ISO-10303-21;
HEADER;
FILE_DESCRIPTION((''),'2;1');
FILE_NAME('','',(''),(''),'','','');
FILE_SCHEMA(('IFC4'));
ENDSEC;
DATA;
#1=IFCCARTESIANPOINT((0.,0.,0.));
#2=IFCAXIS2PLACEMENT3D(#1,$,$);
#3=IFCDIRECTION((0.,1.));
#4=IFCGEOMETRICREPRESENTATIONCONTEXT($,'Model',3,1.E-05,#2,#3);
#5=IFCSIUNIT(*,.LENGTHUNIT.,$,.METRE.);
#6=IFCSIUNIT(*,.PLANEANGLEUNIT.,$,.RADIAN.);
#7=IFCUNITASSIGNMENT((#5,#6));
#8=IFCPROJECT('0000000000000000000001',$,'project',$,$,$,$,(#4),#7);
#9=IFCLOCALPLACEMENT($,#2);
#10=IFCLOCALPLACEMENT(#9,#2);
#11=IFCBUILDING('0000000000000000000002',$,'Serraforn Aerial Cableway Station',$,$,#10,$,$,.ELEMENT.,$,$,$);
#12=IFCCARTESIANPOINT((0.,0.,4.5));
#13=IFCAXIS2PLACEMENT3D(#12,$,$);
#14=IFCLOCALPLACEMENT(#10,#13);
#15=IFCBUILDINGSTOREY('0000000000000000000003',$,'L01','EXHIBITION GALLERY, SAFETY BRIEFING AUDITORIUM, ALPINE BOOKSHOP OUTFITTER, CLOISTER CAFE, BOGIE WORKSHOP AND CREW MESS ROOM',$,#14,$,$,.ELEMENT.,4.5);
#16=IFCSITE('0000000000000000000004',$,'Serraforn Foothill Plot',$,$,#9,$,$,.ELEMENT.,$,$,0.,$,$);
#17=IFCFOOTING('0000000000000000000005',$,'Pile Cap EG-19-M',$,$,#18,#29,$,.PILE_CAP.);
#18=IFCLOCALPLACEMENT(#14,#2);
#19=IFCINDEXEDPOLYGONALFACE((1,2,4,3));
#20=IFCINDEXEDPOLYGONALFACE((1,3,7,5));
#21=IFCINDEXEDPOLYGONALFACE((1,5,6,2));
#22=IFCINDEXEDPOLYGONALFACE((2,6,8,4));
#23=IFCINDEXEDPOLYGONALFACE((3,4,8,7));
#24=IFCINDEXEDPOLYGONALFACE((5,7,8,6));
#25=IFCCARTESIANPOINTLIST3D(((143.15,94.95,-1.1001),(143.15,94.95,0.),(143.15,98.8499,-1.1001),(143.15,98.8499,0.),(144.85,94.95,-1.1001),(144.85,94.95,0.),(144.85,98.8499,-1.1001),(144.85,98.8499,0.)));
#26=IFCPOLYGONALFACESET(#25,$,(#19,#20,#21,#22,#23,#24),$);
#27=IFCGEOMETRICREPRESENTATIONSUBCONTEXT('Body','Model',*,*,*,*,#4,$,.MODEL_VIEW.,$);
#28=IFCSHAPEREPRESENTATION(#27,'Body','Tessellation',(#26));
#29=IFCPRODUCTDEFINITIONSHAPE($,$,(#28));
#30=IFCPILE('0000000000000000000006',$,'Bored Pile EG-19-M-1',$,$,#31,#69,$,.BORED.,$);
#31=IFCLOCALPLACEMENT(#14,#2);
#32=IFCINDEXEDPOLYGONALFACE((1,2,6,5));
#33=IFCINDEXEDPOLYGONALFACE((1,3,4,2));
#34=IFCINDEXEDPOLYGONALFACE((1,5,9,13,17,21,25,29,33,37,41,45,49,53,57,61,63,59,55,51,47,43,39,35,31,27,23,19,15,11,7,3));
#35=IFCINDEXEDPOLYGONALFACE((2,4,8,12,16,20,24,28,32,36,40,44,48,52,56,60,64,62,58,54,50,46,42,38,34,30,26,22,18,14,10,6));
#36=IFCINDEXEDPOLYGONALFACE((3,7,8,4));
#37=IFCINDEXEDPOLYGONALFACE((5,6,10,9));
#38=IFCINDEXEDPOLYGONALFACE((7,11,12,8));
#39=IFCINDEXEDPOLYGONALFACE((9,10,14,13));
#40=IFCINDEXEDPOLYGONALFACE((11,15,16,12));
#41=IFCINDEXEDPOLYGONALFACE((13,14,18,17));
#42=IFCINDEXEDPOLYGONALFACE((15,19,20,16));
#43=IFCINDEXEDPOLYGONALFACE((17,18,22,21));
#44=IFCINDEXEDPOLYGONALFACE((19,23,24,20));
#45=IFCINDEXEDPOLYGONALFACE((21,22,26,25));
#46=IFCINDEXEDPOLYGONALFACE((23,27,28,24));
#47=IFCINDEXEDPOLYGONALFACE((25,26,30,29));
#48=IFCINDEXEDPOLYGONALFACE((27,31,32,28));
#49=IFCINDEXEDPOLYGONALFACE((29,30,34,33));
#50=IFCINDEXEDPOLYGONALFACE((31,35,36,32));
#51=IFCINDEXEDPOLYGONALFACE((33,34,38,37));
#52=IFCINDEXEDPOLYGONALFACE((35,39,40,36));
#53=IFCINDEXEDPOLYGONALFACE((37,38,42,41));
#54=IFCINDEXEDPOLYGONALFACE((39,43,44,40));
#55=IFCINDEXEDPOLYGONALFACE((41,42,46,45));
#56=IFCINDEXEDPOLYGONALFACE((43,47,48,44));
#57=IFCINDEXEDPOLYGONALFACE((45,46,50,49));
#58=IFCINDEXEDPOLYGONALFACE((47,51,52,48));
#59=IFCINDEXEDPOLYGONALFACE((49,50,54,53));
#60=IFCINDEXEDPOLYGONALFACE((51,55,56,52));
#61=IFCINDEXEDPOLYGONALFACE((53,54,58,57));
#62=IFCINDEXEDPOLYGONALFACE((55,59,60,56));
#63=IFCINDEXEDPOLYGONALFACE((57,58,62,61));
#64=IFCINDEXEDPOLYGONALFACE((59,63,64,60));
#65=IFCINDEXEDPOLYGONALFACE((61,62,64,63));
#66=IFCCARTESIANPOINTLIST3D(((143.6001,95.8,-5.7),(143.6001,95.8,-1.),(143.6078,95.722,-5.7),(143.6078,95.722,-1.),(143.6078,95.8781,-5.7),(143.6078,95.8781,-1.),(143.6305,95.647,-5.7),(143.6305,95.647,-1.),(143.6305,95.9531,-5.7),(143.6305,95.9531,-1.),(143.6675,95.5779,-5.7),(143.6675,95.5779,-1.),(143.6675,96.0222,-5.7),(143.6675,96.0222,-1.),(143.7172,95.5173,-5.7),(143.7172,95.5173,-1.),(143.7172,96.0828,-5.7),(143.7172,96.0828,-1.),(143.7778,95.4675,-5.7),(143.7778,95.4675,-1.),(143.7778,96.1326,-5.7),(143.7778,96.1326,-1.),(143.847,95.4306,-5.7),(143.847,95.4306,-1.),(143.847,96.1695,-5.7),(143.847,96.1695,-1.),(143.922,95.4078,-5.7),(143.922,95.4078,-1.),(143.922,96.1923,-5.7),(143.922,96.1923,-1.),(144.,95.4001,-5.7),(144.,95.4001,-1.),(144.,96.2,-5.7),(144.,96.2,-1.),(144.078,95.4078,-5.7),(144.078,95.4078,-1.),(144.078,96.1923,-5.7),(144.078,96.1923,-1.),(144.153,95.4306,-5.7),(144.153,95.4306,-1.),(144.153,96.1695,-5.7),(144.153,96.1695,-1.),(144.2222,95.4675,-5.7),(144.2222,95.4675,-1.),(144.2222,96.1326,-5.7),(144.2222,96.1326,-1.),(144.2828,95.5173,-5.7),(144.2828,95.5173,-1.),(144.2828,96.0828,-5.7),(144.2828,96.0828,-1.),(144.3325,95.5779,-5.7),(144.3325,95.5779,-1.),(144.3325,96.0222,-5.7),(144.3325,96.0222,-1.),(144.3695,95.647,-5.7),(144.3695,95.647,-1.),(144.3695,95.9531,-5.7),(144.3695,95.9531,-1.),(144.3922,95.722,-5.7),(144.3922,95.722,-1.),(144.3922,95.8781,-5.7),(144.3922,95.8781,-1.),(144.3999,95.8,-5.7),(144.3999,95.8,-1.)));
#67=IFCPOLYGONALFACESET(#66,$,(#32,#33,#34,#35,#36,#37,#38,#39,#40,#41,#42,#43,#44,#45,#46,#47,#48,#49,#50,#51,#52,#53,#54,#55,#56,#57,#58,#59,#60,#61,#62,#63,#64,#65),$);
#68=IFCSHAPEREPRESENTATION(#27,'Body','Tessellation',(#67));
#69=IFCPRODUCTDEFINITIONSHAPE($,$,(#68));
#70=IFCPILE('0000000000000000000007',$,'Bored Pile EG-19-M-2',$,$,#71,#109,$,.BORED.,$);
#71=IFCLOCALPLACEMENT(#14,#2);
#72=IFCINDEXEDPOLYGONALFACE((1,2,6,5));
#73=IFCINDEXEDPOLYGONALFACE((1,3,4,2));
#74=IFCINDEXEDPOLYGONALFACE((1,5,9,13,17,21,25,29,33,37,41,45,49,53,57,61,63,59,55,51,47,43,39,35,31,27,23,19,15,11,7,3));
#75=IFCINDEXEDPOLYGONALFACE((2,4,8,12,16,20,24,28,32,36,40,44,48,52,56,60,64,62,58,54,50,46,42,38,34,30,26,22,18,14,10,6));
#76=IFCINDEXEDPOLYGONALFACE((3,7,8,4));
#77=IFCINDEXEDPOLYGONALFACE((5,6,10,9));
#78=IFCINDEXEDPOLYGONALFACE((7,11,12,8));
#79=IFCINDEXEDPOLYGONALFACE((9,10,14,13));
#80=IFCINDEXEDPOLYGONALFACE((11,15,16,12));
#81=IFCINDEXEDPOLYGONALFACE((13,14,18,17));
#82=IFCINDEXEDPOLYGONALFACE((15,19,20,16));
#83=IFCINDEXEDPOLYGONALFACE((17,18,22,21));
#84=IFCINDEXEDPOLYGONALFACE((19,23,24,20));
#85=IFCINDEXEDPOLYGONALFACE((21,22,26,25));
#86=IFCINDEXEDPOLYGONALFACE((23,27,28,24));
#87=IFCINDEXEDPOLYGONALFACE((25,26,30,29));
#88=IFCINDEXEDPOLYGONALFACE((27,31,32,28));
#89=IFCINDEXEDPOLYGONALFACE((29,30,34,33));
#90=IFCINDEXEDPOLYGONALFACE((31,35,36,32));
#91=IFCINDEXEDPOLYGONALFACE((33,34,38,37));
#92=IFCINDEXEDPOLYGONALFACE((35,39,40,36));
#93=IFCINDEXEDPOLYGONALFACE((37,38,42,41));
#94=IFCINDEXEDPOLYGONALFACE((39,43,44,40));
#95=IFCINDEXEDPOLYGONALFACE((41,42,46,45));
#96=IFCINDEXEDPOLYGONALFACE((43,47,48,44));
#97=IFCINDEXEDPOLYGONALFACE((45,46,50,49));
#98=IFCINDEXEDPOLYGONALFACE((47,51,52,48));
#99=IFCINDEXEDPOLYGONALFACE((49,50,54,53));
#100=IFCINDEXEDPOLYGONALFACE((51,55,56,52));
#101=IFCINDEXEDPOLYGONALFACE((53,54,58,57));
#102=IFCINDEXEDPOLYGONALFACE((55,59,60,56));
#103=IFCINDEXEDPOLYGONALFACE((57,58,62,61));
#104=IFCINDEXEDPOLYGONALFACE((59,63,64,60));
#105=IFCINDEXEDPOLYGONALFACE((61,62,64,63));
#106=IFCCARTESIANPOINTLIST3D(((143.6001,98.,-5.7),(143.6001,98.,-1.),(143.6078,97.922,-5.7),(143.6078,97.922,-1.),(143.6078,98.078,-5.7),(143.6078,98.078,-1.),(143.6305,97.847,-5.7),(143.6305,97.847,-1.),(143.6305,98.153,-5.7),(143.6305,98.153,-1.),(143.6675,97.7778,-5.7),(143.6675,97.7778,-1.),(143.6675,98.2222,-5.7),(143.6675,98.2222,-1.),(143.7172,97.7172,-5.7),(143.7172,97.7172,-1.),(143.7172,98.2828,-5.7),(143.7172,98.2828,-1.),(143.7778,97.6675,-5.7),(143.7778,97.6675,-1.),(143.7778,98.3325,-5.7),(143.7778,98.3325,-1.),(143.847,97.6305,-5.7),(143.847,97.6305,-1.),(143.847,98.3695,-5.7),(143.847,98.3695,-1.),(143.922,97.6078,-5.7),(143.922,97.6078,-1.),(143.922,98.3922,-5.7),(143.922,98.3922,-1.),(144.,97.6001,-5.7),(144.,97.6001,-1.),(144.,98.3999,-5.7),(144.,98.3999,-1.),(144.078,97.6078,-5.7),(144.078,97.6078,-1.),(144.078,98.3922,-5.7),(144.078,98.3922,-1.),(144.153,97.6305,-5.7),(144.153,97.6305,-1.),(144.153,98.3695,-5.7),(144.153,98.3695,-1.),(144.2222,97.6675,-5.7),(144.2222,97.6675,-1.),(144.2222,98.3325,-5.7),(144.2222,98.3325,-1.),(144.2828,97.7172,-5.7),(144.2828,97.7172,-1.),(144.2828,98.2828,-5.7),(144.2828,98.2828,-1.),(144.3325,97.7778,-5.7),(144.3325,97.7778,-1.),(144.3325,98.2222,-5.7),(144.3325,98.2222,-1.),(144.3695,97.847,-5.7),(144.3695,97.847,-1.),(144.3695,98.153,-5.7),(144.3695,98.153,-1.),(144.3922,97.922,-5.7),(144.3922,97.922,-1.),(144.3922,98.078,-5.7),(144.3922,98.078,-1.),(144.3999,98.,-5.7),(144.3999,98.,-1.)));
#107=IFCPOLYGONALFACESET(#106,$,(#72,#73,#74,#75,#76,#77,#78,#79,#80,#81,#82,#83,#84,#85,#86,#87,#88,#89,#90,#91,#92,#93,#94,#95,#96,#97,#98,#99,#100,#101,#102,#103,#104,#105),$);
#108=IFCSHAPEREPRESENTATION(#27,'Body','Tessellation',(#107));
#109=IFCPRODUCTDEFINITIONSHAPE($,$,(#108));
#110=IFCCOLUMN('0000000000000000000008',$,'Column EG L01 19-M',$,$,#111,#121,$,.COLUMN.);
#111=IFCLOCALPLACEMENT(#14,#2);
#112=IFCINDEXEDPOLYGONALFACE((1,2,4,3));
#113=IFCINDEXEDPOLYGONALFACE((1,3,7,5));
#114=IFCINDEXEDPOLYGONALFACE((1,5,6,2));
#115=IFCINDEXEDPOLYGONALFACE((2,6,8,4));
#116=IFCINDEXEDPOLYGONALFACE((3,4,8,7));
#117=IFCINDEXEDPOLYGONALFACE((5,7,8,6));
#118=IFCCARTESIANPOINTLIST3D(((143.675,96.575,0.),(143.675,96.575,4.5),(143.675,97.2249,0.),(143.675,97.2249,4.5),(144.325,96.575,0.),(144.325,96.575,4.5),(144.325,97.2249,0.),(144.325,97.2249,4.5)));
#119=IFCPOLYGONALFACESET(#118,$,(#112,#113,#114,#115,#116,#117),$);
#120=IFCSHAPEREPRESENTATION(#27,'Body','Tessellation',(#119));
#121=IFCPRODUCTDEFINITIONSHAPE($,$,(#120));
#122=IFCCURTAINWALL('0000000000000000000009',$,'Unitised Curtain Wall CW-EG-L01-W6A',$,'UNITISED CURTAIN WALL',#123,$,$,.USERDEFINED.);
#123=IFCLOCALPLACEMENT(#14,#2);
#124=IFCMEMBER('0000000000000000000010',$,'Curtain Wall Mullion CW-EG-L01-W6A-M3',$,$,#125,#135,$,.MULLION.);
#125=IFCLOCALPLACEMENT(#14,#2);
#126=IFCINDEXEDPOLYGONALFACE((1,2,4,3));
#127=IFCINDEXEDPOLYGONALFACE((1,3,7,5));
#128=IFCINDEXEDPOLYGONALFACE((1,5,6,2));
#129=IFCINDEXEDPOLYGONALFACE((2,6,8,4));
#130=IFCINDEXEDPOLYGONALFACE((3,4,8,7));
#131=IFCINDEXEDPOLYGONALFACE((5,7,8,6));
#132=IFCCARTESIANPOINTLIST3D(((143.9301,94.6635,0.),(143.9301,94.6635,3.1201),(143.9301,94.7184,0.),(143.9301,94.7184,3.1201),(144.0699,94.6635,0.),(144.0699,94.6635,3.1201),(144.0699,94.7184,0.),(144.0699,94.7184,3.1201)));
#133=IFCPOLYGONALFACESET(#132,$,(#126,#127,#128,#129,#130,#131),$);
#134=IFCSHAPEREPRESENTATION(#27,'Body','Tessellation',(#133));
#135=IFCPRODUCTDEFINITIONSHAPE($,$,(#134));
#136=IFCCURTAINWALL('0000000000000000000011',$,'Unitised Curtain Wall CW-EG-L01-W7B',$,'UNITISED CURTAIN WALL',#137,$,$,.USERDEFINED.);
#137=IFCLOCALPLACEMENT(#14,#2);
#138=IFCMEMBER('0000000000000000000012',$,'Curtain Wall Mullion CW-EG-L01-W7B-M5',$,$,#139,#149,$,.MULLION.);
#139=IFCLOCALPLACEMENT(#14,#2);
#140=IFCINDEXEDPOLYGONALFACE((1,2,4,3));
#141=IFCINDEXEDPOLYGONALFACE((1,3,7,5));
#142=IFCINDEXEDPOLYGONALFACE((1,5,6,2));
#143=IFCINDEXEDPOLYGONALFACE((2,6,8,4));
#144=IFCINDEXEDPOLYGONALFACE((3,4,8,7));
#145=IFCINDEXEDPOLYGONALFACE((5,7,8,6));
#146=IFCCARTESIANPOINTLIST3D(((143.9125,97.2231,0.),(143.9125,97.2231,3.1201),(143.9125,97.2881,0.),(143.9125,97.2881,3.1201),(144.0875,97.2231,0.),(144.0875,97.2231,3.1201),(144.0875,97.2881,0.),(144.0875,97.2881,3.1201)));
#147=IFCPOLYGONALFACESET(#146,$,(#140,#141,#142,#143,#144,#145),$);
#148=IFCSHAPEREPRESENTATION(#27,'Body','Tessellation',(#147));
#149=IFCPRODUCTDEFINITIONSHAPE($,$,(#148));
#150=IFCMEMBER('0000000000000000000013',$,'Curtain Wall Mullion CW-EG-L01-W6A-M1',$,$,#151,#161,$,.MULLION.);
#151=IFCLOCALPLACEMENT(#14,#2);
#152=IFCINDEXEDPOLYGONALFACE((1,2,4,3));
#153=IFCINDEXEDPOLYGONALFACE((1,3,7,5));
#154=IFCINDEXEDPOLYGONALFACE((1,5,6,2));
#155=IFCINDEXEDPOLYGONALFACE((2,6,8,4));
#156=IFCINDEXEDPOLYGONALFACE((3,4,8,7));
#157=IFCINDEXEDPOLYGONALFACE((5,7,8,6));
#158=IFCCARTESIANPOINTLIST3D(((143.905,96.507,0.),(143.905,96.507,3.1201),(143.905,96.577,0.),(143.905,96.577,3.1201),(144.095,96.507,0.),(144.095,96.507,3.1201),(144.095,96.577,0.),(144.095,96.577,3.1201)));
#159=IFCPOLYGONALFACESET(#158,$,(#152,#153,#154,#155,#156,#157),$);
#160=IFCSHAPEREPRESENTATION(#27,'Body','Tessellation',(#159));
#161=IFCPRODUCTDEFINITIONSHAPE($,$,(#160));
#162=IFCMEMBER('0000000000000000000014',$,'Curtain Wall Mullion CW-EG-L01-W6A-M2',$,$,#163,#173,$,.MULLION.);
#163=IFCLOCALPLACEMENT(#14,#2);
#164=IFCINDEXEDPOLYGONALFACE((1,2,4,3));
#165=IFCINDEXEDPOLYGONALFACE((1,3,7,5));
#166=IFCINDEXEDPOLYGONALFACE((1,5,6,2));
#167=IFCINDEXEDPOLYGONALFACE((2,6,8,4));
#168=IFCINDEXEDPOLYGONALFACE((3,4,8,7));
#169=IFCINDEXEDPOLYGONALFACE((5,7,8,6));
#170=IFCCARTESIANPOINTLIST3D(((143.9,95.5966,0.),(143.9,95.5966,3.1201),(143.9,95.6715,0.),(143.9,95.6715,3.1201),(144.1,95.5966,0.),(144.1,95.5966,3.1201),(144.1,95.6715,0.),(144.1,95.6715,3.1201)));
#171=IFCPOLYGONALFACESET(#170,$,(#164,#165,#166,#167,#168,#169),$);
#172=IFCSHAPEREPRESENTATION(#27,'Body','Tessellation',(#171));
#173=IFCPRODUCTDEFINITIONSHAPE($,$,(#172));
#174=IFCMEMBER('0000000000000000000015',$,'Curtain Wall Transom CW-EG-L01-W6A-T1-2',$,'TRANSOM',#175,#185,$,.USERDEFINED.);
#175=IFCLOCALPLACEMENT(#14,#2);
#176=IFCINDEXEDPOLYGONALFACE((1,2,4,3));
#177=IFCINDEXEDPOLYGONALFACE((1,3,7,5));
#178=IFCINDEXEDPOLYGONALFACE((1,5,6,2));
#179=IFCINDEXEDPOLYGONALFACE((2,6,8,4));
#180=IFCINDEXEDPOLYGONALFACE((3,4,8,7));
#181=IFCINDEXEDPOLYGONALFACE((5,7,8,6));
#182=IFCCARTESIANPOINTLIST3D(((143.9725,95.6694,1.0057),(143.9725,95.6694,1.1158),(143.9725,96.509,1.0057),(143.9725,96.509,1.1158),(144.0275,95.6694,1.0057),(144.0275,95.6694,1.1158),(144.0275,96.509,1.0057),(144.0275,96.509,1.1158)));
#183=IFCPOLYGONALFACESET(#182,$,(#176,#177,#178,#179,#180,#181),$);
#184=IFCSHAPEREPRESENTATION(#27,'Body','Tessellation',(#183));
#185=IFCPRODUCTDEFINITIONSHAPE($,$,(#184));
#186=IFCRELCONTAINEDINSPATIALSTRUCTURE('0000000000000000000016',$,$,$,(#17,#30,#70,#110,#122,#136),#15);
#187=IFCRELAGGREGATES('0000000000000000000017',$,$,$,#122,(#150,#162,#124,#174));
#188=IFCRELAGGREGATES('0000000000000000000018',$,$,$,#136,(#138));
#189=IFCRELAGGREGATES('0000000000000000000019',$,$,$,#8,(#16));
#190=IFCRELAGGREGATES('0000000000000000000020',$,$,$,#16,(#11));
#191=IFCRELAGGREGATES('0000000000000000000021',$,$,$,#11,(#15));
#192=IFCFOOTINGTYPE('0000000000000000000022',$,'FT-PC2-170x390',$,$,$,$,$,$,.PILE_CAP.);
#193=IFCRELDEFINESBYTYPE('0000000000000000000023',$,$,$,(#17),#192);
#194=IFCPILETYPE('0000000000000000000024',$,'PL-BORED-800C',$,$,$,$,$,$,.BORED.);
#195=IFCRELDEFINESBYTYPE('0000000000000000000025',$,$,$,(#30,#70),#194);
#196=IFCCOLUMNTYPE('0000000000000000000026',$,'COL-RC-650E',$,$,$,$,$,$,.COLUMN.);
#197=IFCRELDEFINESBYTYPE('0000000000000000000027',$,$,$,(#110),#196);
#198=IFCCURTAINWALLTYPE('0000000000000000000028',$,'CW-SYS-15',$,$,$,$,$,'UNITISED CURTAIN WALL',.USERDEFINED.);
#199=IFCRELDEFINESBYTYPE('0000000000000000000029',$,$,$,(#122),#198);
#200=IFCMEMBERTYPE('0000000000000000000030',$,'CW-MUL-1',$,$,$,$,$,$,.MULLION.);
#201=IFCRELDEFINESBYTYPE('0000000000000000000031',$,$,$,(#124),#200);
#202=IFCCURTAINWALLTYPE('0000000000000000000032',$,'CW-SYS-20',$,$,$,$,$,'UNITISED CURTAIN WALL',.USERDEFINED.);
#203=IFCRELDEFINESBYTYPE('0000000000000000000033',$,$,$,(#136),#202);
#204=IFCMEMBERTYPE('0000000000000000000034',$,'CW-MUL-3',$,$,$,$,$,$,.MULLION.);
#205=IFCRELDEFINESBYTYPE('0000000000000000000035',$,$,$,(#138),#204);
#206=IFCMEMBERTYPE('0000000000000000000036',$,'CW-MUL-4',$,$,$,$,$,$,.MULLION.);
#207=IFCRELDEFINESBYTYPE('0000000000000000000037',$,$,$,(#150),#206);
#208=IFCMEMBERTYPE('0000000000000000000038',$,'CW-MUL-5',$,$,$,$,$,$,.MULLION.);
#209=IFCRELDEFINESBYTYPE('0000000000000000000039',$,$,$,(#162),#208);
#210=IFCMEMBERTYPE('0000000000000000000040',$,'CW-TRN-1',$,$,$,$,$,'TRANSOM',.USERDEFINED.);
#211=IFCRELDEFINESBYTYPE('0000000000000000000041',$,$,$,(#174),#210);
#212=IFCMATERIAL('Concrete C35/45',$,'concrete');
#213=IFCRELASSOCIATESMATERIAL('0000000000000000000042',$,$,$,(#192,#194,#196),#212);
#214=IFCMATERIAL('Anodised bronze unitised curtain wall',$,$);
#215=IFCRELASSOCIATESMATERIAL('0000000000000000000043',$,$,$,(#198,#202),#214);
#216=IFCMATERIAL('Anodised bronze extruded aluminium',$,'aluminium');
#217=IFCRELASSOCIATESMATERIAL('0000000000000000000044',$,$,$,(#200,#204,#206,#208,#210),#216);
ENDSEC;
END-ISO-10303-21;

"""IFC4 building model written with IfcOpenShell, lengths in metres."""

from ifc_helpers import new_model, si_unit, direction, frame, origin, origin_2d, place, context, subcontext, project, spatial, rectangle, circle, extrude, material, material_profile, profile_set, type_object, element, aggregate, save


model = new_model("IFC4")

# Units and contexts
model_context = context("Model", 3, precision=1e-05, world=origin(), true_north=direction((0.0, 1.0)))
body_context = subcontext(model_context, "Body", "Model", "MODEL_VIEW")
ifc_project = project(units=[si_unit("LENGTHUNIT", "METRE"), si_unit("PLANEANGLEUNIT", "RADIAN")], contexts=[model_context])

# Site, building, storey
site_placement = place(None, origin())
site = spatial("IfcSite", under=ifc_project, at=site_placement, Name="Serraforn Foothill Plot", CompositionType="ELEMENT", RefElevation=0.0)
building_placement = place(site_placement, origin())
building = spatial("IfcBuilding", under=site, at=building_placement, Name="Serraforn Aerial Cableway Station", CompositionType="ELEMENT")
storey_placement = place(building_placement, frame((0.0, 0.0, 4.5)))
storey = spatial("IfcBuildingStorey", under=building, at=storey_placement, Name="L01", Description="EXHIBITION GALLERY, SAFETY BRIEFING AUDITORIUM, ALPINE BOOKSHOP OUTFITTER, CLOISTER CAFE, BOGIE WORKSHOP AND CREW MESS ROOM", CompositionType="ELEMENT", Elevation=4.5)

# Footing
ifc_material_1 = material(Name="Concrete C35/45", Category="concrete")
footing_type = type_object("IfcFootingType", Name="FT-PC2-170x390", PredefinedType="PILE_CAP", material=ifc_material_1)
footing_placement = place(storey_placement, frame((144.0, 96.8999, -1.1001), z_axis=(0.0, 0.0, 1.0), x_axis=(1.0, 0.0, 0.0)))
element("IfcFooting", 1, at=footing_placement, inside=storey, type_object=footing_type, Name="Pile Cap EG-19-M", PredefinedType="PILE_CAP", context=body_context, shape_type="SweptSolid", body=[
    extrude(rectangle(XDim=1.7, YDim=3.8999, at=origin_2d()), origin(), (0.0, 0.0, 1.0), 1.1001),
])

# Piles
ifc_material_profile_1 = material_profile(ifc_material_1, circle(Radius=0.3999, at=origin_2d()), Name="BORED PILE D800")
ifc_profile_set_1 = profile_set([ifc_material_profile_1], Name="Concrete C35/45")
pile_type = type_object("IfcPileType", Name="PL-BORED-800C", PredefinedType="BORED", material=ifc_profile_set_1)
for number, where, z_axis, x_axis, name in (
    (2, (144.0, 95.8, -1.0), (0.0, 0.0, -1.0), (1.0, 0.0, 0.0), "Bored Pile EG-19-M-1"),
    (3, (144.0, 98.0, -1.0), (0.0, 0.0, -1.0), (1.0, 0.0, 0.0), "Bored Pile EG-19-M-2"),
):
    element("IfcPile", number, at=place(storey_placement, frame(where, z_axis=z_axis, x_axis=x_axis)), inside=storey, type_object=pile_type, Name=name, PredefinedType="BORED", context=body_context, shape_type="SweptSolid", body=[
        extrude(circle(Radius=0.3999, at=origin_2d()), origin(), (0.0, 0.0, 1.0), 4.7),
    ])

# Column
ifc_material_profile_2 = material_profile(ifc_material_1, rectangle(XDim=0.6499, YDim=0.6499, at=origin_2d()), Name="RC 650x650")
ifc_profile_set_2 = profile_set([ifc_material_profile_2], Name="Concrete C35/45")
column_type = type_object("IfcColumnType", Name="COL-RC-650E", PredefinedType="COLUMN", material=ifc_profile_set_2)
column_placement = place(storey_placement, frame((144.0, 96.8999, 0.0), z_axis=(0.0, 0.0, 1.0), x_axis=(1.0, 0.0, 0.0)))
element("IfcColumn", 4, at=column_placement, inside=storey, type_object=column_type, Name="Column EG L01 19-M", PredefinedType="COLUMN", context=body_context, shape_type="SweptSolid", body=[
    extrude(rectangle(XDim=0.6499, YDim=0.6499, at=origin_2d()), origin(), (0.0, 0.0, 1.0), 4.5),
])

# Curtain walls, members
ifc_material_2 = material(Name="Anodised bronze unitised curtain wall")
curtain_wall_type_1 = type_object("IfcCurtainWallType", Name="CW-SYS-15", ElementType="UNITISED CURTAIN WALL", PredefinedType="USERDEFINED", material=ifc_material_2)
curtain_wall_1_placement = place(storey_placement, origin())
curtain_wall_1 = element("IfcCurtainWall", 5, at=curtain_wall_1_placement, inside=storey, type_object=curtain_wall_type_1, Name="Unitised Curtain Wall CW-EG-L01-W6A", ObjectType="UNITISED CURTAIN WALL", PredefinedType="USERDEFINED")
ifc_material_3 = material(Name="Anodised bronze extruded aluminium", Category="aluminium")
ifc_material_profile_3 = material_profile(ifc_material_3, rectangle(XDim=0.0549, YDim=0.1399, at=origin_2d()), Name="CW MULLION 55x140")
ifc_profile_set_3 = profile_set([ifc_material_profile_3], Name="Anodised bronze extruded aluminium")
member_type_1 = type_object("IfcMemberType", Name="CW-MUL-1", PredefinedType="MULLION", material=ifc_profile_set_3)
member_1_placement = place(storey_placement, frame((144.0, 94.6909, 0.0), z_axis=(0.0, 0.0, 1.0), x_axis=(0.0, -1.0, 0.0)))
member_1 = element("IfcMember", 6, at=member_1_placement, type_object=member_type_1, Name="Curtain Wall Mullion CW-EG-L01-W6A-M3", PredefinedType="MULLION", context=body_context, shape_type="SweptSolid", body=[
    extrude(rectangle(XDim=0.0549, YDim=0.1399, at=origin_2d()), origin(), (0.0, 0.0, 1.0), 3.1201),
])
curtain_wall_type_2 = type_object("IfcCurtainWallType", Name="CW-SYS-20", ElementType="UNITISED CURTAIN WALL", PredefinedType="USERDEFINED", material=ifc_material_2)
curtain_wall_2_placement = place(storey_placement, origin())
curtain_wall_2 = element("IfcCurtainWall", 7, at=curtain_wall_2_placement, inside=storey, type_object=curtain_wall_type_2, Name="Unitised Curtain Wall CW-EG-L01-W7B", ObjectType="UNITISED CURTAIN WALL", PredefinedType="USERDEFINED")
ifc_material_profile_4 = material_profile(ifc_material_3, rectangle(XDim=0.0649, YDim=0.175, at=origin_2d()), Name="CW MULLION 65x175")
ifc_profile_set_4 = profile_set([ifc_material_profile_4], Name="Anodised bronze extruded aluminium")
member_type_2 = type_object("IfcMemberType", Name="CW-MUL-3", PredefinedType="MULLION", material=ifc_profile_set_4)
member_2_placement = place(storey_placement, frame((144.0, 97.2556, 0.0), z_axis=(0.0, 0.0, 1.0), x_axis=(0.0, -1.0, 0.0)))
member_2 = element("IfcMember", 8, at=member_2_placement, type_object=member_type_2, Name="Curtain Wall Mullion CW-EG-L01-W7B-M5", PredefinedType="MULLION", context=body_context, shape_type="SweptSolid", body=[
    extrude(rectangle(XDim=0.0649, YDim=0.175, at=origin_2d()), origin(), (0.0, 0.0, 1.0), 3.1201),
])

# Members
ifc_material_profile_5 = material_profile(ifc_material_3, rectangle(XDim=0.0701, YDim=0.1899, at=origin_2d()), Name="CW MULLION 70x190")
ifc_profile_set_5 = profile_set([ifc_material_profile_5], Name="Anodised bronze extruded aluminium")
member_type_3 = type_object("IfcMemberType", Name="CW-MUL-4", PredefinedType="MULLION", material=ifc_profile_set_5)
member_3_placement = place(storey_placement, frame((144.0, 96.542, 0.0), z_axis=(0.0, 0.0, 1.0), x_axis=(0.0, -1.0, 0.0)))
member_3 = element("IfcMember", 9, at=member_3_placement, type_object=member_type_3, Name="Curtain Wall Mullion CW-EG-L01-W6A-M1", PredefinedType="MULLION", context=body_context, shape_type="SweptSolid", body=[
    extrude(rectangle(XDim=0.0701, YDim=0.1899, at=origin_2d()), origin(), (0.0, 0.0, 1.0), 3.1201),
])
ifc_material_profile_6 = material_profile(ifc_material_3, rectangle(XDim=0.075, YDim=0.2, at=origin_2d()), Name="CW MULLION 75x200")
ifc_profile_set_6 = profile_set([ifc_material_profile_6], Name="Anodised bronze extruded aluminium")
member_type_4 = type_object("IfcMemberType", Name="CW-MUL-5", PredefinedType="MULLION", material=ifc_profile_set_6)
member_4_placement = place(storey_placement, frame((144.0, 95.634, 0.0), z_axis=(0.0, 0.0, 1.0), x_axis=(0.0, -1.0, 0.0)))
member_4 = element("IfcMember", 10, at=member_4_placement, type_object=member_type_4, Name="Curtain Wall Mullion CW-EG-L01-W6A-M2", PredefinedType="MULLION", context=body_context, shape_type="SweptSolid", body=[
    extrude(rectangle(XDim=0.075, YDim=0.2, at=origin_2d()), origin(), (0.0, 0.0, 1.0), 3.1201),
])
ifc_material_profile_7 = material_profile(ifc_material_3, rectangle(XDim=0.0549, YDim=0.1101, at=origin_2d()), Name="CW TRANSOM 55x110")
ifc_profile_set_7 = profile_set([ifc_material_profile_7], Name="Anodised bronze extruded aluminium")
member_type_5 = type_object("IfcMemberType", Name="CW-TRN-1", ElementType="TRANSOM", PredefinedType="USERDEFINED", material=ifc_profile_set_7)
member_5_placement = place(storey_placement, frame((144.0, 96.509, 1.0608), z_axis=(0.0, -1.0, 0.0), x_axis=(1.0, 0.0, 0.0)))
member_5 = element("IfcMember", 11, at=member_5_placement, type_object=member_type_5, Name="Curtain Wall Transom CW-EG-L01-W6A-T1-2", ObjectType="TRANSOM", PredefinedType="USERDEFINED", context=body_context, shape_type="SweptSolid", body=[
    extrude(rectangle(XDim=0.0549, YDim=0.1101, at=origin_2d()), origin(), (0.0, 0.0, 1.0), 0.8396),
])

aggregate(curtain_wall_1, [member_3, member_4, member_1, member_5])
aggregate(curtain_wall_2, [member_2])

save(model, "model.ifc")
